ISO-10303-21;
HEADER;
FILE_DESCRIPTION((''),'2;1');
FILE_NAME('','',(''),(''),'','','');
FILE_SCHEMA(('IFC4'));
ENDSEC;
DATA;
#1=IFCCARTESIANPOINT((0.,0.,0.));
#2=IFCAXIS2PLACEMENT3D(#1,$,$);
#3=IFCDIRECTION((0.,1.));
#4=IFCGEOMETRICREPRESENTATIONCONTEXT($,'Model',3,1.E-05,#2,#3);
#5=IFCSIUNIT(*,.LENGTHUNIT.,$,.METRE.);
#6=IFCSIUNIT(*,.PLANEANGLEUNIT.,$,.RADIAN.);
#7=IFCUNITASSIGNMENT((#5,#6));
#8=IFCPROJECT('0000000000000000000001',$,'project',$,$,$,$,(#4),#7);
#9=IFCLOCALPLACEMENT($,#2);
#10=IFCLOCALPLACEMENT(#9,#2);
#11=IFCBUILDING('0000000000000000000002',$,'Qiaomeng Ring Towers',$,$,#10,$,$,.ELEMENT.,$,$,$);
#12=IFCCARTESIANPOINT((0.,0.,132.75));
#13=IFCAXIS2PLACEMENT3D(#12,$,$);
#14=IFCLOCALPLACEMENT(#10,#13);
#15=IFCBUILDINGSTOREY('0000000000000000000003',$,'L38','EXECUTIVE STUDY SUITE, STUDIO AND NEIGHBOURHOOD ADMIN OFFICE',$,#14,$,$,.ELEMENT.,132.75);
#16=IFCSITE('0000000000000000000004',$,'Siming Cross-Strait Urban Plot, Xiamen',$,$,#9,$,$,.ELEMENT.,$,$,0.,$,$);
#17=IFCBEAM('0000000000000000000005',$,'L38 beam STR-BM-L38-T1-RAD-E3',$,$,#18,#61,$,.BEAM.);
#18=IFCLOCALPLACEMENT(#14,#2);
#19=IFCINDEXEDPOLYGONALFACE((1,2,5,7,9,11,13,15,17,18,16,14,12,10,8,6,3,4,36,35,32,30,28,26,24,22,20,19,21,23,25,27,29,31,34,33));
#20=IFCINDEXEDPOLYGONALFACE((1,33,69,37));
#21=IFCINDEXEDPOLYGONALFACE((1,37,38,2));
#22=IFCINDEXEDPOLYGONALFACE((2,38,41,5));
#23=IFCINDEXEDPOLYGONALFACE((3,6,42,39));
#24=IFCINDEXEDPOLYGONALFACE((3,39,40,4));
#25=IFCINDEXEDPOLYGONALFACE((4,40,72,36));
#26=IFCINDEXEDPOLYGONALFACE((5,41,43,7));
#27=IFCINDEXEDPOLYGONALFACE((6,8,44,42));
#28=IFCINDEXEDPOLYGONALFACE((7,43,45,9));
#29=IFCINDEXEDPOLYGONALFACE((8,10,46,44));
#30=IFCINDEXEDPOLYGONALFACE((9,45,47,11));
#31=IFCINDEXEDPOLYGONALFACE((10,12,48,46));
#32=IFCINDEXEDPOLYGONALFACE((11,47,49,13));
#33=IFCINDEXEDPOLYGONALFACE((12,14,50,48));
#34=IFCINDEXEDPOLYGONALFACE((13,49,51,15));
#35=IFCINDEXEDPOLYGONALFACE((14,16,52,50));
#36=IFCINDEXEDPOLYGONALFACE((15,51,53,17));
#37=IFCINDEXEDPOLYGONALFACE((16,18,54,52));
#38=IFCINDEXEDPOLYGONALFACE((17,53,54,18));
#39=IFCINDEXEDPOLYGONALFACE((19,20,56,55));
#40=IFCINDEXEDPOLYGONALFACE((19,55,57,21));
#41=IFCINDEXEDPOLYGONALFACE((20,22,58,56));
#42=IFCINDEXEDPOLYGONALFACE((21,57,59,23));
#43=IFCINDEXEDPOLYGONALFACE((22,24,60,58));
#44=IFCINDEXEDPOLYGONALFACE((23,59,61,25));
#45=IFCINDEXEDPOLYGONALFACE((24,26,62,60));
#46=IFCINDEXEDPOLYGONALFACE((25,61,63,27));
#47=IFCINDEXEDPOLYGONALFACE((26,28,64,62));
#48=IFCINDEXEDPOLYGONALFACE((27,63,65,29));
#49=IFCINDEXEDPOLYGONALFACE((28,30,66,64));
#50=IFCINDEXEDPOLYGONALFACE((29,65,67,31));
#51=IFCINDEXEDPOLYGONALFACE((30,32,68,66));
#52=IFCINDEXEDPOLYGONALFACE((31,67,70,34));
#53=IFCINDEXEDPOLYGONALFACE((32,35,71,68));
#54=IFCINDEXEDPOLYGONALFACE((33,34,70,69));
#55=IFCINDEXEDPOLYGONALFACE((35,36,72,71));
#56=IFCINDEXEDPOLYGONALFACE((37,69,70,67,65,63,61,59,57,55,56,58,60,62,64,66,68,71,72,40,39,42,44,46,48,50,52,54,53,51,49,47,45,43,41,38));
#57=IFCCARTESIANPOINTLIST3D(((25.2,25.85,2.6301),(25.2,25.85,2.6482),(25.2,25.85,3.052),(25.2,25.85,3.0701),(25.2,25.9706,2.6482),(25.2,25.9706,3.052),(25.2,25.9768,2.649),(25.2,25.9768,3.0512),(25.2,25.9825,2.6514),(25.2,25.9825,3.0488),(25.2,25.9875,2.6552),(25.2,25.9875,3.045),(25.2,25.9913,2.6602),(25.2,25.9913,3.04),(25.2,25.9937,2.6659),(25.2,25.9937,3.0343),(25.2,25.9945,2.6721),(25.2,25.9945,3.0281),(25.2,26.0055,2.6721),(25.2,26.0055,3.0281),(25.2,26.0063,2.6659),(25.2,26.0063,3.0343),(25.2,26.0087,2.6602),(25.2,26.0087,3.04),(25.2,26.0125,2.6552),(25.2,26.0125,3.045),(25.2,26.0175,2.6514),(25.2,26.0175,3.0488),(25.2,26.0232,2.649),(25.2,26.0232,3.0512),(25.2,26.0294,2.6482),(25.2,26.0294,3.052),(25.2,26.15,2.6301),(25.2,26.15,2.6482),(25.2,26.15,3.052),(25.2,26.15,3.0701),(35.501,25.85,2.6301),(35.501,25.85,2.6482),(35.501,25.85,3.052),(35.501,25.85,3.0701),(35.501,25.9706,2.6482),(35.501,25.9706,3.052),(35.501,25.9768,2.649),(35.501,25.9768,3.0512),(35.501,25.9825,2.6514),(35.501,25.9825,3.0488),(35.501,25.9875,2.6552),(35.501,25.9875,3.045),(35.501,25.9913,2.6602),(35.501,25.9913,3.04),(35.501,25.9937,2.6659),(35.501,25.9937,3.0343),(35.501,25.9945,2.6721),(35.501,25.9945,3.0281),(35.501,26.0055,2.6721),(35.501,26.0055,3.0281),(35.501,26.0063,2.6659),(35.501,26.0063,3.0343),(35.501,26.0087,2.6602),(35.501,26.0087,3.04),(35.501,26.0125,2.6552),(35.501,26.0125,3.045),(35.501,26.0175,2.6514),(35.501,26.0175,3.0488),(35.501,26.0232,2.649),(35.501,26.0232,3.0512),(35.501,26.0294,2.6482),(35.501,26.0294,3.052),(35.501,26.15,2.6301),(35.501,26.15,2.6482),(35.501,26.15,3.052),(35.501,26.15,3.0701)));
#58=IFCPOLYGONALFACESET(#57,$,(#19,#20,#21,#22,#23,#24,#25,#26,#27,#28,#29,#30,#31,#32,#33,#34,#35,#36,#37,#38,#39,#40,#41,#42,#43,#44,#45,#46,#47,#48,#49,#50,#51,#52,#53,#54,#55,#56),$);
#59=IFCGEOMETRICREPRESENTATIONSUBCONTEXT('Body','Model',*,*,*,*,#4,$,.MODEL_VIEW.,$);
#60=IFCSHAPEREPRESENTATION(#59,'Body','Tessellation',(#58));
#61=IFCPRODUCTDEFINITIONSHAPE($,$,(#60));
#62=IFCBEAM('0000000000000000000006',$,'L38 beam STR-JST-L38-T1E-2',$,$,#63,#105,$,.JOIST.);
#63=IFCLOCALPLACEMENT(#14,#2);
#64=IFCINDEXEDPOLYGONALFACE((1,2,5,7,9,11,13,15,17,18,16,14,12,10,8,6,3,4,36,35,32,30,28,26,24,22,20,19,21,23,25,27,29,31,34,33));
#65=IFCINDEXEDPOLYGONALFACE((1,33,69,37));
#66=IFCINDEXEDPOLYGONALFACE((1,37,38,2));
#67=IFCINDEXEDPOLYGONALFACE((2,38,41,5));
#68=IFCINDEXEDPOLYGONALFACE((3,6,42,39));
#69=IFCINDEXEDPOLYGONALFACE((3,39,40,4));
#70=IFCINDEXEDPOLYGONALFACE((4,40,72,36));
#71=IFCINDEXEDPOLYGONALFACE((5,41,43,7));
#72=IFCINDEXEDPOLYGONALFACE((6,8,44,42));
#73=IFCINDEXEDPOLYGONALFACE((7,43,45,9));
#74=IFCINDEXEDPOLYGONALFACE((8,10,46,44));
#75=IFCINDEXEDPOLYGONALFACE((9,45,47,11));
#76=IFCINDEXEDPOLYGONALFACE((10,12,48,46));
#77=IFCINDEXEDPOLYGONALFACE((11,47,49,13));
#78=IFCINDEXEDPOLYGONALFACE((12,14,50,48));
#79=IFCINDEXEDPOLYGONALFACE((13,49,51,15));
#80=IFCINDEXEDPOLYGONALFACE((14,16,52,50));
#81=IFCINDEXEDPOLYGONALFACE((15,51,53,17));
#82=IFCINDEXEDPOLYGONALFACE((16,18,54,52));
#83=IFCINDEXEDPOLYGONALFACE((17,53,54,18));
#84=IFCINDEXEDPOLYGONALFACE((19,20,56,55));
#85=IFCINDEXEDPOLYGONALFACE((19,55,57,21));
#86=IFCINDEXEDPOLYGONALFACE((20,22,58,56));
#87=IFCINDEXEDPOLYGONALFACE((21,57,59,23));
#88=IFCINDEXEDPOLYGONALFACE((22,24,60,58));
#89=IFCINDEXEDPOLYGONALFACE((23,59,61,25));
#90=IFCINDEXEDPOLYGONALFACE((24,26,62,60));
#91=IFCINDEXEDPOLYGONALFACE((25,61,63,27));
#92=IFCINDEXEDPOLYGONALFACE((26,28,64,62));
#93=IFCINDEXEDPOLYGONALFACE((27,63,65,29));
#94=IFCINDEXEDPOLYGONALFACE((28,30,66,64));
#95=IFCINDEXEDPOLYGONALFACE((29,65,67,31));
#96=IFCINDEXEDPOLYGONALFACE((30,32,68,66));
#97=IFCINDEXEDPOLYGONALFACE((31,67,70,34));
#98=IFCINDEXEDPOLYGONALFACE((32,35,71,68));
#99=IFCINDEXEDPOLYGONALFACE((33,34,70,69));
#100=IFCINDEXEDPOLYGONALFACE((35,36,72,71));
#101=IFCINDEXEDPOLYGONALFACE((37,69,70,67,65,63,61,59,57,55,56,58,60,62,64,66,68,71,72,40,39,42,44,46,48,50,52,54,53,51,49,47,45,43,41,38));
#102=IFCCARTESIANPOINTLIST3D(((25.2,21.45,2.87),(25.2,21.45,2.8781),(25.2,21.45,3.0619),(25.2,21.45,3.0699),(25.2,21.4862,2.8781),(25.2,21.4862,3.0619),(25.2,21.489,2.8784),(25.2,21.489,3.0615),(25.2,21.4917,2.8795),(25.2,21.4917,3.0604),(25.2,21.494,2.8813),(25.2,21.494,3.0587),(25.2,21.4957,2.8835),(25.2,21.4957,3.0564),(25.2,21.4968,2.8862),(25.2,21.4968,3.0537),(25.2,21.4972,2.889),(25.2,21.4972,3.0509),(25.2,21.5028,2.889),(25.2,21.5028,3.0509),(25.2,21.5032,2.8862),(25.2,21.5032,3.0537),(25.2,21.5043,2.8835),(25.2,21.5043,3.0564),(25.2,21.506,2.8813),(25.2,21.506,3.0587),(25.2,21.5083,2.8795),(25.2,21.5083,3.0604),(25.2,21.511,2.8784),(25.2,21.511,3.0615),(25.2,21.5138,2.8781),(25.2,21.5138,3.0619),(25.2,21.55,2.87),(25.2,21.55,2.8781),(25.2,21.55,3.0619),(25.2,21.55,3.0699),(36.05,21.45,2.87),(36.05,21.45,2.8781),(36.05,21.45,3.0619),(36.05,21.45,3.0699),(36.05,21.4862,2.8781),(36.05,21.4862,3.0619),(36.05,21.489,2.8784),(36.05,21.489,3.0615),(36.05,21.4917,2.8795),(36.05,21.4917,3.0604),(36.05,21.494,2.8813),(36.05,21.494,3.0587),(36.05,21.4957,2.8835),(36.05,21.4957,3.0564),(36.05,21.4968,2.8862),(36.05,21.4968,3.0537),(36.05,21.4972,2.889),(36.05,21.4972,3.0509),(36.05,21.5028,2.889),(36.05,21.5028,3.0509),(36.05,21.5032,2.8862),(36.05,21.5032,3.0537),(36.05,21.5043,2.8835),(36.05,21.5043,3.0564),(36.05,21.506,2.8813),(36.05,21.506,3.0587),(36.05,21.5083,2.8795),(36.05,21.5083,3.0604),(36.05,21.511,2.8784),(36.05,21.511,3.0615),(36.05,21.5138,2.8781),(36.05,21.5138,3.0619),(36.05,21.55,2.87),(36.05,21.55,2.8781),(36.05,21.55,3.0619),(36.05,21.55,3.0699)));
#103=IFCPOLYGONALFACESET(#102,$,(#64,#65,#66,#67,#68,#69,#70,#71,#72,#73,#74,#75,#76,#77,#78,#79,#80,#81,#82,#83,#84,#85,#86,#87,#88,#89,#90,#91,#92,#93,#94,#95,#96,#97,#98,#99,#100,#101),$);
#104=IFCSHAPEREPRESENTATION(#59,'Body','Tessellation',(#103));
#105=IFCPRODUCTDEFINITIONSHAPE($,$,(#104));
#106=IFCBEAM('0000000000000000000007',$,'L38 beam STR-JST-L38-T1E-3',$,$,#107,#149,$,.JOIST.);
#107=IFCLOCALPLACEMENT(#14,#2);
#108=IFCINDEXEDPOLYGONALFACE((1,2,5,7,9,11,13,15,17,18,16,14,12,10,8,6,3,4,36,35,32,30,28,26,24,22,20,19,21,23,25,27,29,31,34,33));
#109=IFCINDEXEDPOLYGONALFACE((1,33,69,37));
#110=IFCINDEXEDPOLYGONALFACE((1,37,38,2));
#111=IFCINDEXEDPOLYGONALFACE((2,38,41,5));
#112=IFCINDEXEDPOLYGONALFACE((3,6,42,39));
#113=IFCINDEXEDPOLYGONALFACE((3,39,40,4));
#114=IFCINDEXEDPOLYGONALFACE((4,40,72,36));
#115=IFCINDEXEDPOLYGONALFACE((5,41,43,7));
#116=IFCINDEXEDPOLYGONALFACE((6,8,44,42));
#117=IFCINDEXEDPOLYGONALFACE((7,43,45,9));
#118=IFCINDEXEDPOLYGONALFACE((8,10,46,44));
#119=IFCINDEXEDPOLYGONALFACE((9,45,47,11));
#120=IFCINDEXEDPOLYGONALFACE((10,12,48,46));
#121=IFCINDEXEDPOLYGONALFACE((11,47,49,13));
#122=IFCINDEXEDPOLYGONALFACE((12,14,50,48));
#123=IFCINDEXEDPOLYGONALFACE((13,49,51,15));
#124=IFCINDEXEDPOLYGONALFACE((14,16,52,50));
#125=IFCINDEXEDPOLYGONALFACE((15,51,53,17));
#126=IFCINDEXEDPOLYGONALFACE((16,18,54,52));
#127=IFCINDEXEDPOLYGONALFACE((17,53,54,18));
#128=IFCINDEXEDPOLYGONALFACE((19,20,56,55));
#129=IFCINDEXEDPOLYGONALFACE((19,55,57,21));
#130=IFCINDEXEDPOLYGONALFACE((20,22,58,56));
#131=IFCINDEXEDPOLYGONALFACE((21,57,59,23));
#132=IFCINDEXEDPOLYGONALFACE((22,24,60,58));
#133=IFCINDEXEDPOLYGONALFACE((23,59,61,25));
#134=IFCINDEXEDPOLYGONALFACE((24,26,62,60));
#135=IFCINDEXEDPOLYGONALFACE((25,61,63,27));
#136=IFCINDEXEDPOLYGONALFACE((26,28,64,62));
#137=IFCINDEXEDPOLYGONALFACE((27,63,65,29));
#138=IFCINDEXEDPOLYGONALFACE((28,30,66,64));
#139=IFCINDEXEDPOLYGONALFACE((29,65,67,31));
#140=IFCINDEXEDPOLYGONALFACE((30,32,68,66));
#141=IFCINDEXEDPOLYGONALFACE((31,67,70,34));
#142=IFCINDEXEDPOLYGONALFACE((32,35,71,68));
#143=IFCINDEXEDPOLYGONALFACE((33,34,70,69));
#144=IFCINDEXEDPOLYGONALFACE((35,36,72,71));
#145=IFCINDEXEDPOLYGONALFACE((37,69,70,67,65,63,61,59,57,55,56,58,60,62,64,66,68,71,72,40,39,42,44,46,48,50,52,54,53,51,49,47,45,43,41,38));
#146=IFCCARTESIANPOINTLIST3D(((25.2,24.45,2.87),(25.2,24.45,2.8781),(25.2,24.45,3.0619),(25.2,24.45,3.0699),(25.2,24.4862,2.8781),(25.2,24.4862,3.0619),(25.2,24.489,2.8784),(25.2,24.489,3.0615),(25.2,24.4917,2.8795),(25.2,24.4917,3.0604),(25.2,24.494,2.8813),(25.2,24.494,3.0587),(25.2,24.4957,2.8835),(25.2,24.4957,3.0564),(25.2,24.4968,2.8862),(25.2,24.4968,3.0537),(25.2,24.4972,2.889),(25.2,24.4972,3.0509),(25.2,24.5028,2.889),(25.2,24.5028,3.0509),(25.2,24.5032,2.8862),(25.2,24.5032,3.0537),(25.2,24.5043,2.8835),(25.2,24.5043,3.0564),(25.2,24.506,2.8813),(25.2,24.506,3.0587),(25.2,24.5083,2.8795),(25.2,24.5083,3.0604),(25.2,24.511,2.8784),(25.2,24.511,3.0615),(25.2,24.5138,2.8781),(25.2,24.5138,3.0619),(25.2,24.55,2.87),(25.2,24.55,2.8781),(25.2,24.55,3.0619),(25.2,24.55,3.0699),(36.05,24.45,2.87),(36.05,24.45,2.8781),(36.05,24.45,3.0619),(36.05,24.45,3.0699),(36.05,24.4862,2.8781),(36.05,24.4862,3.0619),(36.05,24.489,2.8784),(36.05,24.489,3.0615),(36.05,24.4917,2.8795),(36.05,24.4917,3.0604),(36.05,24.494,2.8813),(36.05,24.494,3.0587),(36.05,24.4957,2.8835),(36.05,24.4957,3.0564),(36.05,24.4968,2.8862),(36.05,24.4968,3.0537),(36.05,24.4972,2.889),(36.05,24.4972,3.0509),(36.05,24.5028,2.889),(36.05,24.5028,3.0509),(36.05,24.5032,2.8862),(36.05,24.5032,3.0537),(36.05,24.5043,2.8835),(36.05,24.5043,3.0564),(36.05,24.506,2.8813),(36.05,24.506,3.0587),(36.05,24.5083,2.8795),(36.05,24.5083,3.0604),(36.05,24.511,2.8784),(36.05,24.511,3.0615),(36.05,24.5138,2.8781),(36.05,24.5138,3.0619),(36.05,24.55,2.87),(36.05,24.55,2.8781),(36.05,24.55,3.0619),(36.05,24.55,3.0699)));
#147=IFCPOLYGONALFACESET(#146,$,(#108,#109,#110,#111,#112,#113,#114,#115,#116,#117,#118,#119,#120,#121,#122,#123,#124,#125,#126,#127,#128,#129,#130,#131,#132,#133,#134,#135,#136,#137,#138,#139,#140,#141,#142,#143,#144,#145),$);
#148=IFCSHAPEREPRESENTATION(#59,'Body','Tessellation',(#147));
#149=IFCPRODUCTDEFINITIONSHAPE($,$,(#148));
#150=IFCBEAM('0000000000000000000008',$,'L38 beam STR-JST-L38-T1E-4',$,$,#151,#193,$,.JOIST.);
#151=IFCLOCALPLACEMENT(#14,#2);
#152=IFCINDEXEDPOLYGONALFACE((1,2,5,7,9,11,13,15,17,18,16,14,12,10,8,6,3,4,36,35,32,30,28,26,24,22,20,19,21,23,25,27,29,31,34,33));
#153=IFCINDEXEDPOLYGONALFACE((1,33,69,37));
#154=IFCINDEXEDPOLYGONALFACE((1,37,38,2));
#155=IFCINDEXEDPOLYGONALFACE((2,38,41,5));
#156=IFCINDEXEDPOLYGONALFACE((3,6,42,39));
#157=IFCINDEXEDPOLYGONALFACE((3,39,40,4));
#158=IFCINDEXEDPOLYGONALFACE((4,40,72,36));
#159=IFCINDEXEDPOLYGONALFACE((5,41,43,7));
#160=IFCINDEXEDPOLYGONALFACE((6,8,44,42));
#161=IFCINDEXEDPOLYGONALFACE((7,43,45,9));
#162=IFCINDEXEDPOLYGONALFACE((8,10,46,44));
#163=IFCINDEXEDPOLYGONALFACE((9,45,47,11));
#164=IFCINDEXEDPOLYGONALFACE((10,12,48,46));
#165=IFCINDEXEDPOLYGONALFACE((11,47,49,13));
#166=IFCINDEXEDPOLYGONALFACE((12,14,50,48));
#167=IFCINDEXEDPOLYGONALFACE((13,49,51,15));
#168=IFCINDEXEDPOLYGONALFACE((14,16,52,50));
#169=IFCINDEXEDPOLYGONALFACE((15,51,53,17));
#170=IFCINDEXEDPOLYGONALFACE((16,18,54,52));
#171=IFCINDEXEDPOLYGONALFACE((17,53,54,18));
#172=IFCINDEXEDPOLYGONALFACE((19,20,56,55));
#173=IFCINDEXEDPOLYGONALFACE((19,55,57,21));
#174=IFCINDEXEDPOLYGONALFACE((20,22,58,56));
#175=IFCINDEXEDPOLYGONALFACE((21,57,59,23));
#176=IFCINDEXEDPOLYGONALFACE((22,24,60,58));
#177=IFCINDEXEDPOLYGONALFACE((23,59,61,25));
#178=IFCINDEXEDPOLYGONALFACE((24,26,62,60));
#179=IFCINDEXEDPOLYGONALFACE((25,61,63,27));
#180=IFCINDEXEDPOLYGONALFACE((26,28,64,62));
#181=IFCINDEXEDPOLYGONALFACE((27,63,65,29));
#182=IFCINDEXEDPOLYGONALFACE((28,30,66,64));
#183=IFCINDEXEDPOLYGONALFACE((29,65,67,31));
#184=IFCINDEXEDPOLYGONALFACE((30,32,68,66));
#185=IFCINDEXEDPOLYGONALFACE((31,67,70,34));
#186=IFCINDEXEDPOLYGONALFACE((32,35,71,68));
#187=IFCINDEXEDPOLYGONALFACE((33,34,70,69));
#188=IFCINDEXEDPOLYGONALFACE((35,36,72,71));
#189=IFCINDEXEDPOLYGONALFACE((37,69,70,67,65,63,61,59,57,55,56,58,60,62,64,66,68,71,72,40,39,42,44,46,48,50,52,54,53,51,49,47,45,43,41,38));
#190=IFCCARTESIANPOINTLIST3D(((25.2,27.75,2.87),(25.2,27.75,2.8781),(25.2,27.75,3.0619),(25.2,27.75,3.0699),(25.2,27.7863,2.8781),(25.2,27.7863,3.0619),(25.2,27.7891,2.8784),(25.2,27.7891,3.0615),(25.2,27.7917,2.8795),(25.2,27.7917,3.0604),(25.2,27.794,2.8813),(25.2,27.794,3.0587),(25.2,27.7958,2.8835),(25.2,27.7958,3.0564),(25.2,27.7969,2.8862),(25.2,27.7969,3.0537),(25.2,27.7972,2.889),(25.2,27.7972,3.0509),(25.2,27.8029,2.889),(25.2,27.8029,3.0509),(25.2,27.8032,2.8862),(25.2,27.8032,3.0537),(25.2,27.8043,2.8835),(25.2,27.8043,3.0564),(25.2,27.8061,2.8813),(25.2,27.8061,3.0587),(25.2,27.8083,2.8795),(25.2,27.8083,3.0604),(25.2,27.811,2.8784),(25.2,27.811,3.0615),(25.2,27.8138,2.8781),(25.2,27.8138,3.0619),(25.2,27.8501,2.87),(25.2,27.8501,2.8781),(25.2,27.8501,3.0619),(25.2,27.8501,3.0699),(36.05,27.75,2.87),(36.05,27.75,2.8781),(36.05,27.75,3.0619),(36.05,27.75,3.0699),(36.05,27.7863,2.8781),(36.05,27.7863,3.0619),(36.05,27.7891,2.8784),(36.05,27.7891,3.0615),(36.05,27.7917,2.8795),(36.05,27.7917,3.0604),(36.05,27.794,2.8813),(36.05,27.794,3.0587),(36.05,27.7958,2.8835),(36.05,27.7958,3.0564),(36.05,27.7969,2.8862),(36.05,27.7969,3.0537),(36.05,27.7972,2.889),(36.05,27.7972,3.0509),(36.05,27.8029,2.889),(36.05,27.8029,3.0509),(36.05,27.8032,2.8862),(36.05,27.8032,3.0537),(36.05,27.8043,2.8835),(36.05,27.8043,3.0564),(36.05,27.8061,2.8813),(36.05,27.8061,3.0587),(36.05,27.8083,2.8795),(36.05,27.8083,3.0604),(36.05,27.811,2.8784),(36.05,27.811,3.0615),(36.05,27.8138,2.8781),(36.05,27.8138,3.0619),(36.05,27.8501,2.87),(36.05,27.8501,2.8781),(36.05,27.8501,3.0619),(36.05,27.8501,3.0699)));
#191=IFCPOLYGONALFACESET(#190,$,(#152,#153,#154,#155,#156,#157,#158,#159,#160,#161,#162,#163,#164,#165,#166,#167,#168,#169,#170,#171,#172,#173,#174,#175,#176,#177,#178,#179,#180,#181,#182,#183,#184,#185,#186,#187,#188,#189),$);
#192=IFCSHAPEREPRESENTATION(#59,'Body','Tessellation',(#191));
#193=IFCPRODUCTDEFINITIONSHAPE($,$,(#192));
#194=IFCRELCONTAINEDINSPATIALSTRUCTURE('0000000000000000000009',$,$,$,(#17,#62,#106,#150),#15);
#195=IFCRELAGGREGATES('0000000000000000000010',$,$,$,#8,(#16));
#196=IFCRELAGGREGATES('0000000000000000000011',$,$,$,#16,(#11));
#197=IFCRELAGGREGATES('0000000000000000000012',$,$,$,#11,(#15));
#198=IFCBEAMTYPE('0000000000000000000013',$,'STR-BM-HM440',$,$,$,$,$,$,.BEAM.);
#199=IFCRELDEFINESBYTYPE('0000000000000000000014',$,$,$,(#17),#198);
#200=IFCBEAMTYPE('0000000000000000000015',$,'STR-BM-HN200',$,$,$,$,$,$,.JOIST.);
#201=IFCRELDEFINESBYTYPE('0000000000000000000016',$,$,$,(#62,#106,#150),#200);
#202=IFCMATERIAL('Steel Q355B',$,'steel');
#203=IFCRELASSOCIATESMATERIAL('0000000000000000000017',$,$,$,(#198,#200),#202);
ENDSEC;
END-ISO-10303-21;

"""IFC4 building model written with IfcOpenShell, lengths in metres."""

from ifc_helpers import new_model, si_unit, direction, frame, origin, origin_2d, place, context, subcontext, project, spatial, i_section, extrude, source, transform, mapped, material, material_profile, profile_set, type_object, element, save


model = new_model("IFC4")

# Units and contexts
model_context = context("Model", 3, precision=1e-05, world=origin(), true_north=direction((0.0, 1.0)))
body_context = subcontext(model_context, "Body", "Model", "MODEL_VIEW")
ifc_project = project(units=[si_unit("LENGTHUNIT", "METRE"), si_unit("PLANEANGLEUNIT", "RADIAN")], contexts=[model_context])

# Site, building, storey
site_placement = place(None, origin())
site = spatial("IfcSite", under=ifc_project, at=site_placement, Name="Siming Cross-Strait Urban Plot, Xiamen", CompositionType="ELEMENT", RefElevation=0.0)
building_placement = place(site_placement, origin())
building = spatial("IfcBuilding", under=site, at=building_placement, Name="Qiaomeng Ring Towers", CompositionType="ELEMENT")
storey_placement = place(building_placement, frame((0.0, 0.0, 132.75)))
storey = spatial("IfcBuildingStorey", under=building, at=storey_placement, Name="L38", Description="EXECUTIVE STUDY SUITE, STUDIO AND NEIGHBOURHOOD ADMIN OFFICE", CompositionType="ELEMENT", Elevation=132.75)

# Beams
ifc_material_1 = material(Name="Steel Q355B", Category="steel")
ifc_material_profile_1 = material_profile(ifc_material_1, i_section(OverallWidth=0.3, OverallDepth=0.4399, WebThickness=0.011, FlangeThickness=0.0181, FilletRadius=0.0239, at=origin_2d()), Name="HM 440x300x11x18")
ifc_profile_set_1 = profile_set([ifc_material_profile_1], Name="Steel Q355B")
beam_type_1 = type_object("IfcBeamType", Name="STR-BM-HM440", PredefinedType="BEAM", material=ifc_profile_set_1)
shared_shape_1 = source(origin(), body_context, "Body", "SweptSolid", [
    extrude(i_section(OverallWidth=0.3, OverallDepth=0.4399, WebThickness=0.011, FlangeThickness=0.0181, FilletRadius=0.0239, at=origin_2d()), origin(), (0.0, 0.0, 1.0), 10.301),
])
beam_placement = place(storey_placement, frame((25.2, 26.0, 2.8501), z_axis=(1.0, 0.0, 0.0), x_axis=(0.0, 1.0, 0.0)))
element("IfcBeam", 1, at=beam_placement, inside=storey, type_object=beam_type_1, Name="L38 beam STR-BM-L38-T1-RAD-E3", PredefinedType="BEAM", context=body_context, shape_type="MappedRepresentation", body=[
    mapped(shared_shape_1, transform((0.0, 0.0, 0.0), x_axis=(1.0, 0.0, 0.0), y_axis=(0.0, 1.0, 0.0), z_axis=(0.0, 0.0, 1.0), scale=1.0)),
])
ifc_material_profile_2 = material_profile(ifc_material_1, i_section(OverallWidth=0.1001, OverallDepth=0.2, WebThickness=0.0056, FlangeThickness=0.0081, FilletRadius=0.011, at=origin_2d()), Name="HN 200x100x5.5x8")
ifc_profile_set_2 = profile_set([ifc_material_profile_2], Name="Steel Q355B")
beam_type_2 = type_object("IfcBeamType", Name="STR-BM-HN200", PredefinedType="JOIST", material=ifc_profile_set_2)
shared_shape_2 = source(origin(), body_context, "Body", "SweptSolid", [
    extrude(i_section(OverallWidth=0.1001, OverallDepth=0.2, WebThickness=0.0056, FlangeThickness=0.0081, FilletRadius=0.011, at=origin_2d()), origin(), (0.0, 0.0, 1.0), 10.8501),
])
for number, where, z_axis, x_axis, name in (
    (2, (25.2, 21.5, 2.97), (1.0, 0.0, 0.0), (0.0, 1.0, 0.0), "L38 beam STR-JST-L38-T1E-2"),
    (3, (25.2, 24.5, 2.97), (1.0, 0.0, 0.0), (0.0, 1.0, 0.0), "L38 beam STR-JST-L38-T1E-3"),
    (4, (25.2, 27.8, 2.97), (1.0, 0.0, 0.0), (0.0, 1.0, 0.0), "L38 beam STR-JST-L38-T1E-4"),
):
    element("IfcBeam", number, at=place(storey_placement, frame(where, z_axis=z_axis, x_axis=x_axis)), inside=storey, type_object=beam_type_2, Name=name, PredefinedType="JOIST", context=body_context, shape_type="MappedRepresentation", body=[
        mapped(shared_shape_2, transform((0.0, 0.0, 0.0), x_axis=(1.0, 0.0, 0.0), y_axis=(0.0, 1.0, 0.0), z_axis=(0.0, 0.0, 1.0), scale=1.0)),
    ])

save(model, "model.ifc")
